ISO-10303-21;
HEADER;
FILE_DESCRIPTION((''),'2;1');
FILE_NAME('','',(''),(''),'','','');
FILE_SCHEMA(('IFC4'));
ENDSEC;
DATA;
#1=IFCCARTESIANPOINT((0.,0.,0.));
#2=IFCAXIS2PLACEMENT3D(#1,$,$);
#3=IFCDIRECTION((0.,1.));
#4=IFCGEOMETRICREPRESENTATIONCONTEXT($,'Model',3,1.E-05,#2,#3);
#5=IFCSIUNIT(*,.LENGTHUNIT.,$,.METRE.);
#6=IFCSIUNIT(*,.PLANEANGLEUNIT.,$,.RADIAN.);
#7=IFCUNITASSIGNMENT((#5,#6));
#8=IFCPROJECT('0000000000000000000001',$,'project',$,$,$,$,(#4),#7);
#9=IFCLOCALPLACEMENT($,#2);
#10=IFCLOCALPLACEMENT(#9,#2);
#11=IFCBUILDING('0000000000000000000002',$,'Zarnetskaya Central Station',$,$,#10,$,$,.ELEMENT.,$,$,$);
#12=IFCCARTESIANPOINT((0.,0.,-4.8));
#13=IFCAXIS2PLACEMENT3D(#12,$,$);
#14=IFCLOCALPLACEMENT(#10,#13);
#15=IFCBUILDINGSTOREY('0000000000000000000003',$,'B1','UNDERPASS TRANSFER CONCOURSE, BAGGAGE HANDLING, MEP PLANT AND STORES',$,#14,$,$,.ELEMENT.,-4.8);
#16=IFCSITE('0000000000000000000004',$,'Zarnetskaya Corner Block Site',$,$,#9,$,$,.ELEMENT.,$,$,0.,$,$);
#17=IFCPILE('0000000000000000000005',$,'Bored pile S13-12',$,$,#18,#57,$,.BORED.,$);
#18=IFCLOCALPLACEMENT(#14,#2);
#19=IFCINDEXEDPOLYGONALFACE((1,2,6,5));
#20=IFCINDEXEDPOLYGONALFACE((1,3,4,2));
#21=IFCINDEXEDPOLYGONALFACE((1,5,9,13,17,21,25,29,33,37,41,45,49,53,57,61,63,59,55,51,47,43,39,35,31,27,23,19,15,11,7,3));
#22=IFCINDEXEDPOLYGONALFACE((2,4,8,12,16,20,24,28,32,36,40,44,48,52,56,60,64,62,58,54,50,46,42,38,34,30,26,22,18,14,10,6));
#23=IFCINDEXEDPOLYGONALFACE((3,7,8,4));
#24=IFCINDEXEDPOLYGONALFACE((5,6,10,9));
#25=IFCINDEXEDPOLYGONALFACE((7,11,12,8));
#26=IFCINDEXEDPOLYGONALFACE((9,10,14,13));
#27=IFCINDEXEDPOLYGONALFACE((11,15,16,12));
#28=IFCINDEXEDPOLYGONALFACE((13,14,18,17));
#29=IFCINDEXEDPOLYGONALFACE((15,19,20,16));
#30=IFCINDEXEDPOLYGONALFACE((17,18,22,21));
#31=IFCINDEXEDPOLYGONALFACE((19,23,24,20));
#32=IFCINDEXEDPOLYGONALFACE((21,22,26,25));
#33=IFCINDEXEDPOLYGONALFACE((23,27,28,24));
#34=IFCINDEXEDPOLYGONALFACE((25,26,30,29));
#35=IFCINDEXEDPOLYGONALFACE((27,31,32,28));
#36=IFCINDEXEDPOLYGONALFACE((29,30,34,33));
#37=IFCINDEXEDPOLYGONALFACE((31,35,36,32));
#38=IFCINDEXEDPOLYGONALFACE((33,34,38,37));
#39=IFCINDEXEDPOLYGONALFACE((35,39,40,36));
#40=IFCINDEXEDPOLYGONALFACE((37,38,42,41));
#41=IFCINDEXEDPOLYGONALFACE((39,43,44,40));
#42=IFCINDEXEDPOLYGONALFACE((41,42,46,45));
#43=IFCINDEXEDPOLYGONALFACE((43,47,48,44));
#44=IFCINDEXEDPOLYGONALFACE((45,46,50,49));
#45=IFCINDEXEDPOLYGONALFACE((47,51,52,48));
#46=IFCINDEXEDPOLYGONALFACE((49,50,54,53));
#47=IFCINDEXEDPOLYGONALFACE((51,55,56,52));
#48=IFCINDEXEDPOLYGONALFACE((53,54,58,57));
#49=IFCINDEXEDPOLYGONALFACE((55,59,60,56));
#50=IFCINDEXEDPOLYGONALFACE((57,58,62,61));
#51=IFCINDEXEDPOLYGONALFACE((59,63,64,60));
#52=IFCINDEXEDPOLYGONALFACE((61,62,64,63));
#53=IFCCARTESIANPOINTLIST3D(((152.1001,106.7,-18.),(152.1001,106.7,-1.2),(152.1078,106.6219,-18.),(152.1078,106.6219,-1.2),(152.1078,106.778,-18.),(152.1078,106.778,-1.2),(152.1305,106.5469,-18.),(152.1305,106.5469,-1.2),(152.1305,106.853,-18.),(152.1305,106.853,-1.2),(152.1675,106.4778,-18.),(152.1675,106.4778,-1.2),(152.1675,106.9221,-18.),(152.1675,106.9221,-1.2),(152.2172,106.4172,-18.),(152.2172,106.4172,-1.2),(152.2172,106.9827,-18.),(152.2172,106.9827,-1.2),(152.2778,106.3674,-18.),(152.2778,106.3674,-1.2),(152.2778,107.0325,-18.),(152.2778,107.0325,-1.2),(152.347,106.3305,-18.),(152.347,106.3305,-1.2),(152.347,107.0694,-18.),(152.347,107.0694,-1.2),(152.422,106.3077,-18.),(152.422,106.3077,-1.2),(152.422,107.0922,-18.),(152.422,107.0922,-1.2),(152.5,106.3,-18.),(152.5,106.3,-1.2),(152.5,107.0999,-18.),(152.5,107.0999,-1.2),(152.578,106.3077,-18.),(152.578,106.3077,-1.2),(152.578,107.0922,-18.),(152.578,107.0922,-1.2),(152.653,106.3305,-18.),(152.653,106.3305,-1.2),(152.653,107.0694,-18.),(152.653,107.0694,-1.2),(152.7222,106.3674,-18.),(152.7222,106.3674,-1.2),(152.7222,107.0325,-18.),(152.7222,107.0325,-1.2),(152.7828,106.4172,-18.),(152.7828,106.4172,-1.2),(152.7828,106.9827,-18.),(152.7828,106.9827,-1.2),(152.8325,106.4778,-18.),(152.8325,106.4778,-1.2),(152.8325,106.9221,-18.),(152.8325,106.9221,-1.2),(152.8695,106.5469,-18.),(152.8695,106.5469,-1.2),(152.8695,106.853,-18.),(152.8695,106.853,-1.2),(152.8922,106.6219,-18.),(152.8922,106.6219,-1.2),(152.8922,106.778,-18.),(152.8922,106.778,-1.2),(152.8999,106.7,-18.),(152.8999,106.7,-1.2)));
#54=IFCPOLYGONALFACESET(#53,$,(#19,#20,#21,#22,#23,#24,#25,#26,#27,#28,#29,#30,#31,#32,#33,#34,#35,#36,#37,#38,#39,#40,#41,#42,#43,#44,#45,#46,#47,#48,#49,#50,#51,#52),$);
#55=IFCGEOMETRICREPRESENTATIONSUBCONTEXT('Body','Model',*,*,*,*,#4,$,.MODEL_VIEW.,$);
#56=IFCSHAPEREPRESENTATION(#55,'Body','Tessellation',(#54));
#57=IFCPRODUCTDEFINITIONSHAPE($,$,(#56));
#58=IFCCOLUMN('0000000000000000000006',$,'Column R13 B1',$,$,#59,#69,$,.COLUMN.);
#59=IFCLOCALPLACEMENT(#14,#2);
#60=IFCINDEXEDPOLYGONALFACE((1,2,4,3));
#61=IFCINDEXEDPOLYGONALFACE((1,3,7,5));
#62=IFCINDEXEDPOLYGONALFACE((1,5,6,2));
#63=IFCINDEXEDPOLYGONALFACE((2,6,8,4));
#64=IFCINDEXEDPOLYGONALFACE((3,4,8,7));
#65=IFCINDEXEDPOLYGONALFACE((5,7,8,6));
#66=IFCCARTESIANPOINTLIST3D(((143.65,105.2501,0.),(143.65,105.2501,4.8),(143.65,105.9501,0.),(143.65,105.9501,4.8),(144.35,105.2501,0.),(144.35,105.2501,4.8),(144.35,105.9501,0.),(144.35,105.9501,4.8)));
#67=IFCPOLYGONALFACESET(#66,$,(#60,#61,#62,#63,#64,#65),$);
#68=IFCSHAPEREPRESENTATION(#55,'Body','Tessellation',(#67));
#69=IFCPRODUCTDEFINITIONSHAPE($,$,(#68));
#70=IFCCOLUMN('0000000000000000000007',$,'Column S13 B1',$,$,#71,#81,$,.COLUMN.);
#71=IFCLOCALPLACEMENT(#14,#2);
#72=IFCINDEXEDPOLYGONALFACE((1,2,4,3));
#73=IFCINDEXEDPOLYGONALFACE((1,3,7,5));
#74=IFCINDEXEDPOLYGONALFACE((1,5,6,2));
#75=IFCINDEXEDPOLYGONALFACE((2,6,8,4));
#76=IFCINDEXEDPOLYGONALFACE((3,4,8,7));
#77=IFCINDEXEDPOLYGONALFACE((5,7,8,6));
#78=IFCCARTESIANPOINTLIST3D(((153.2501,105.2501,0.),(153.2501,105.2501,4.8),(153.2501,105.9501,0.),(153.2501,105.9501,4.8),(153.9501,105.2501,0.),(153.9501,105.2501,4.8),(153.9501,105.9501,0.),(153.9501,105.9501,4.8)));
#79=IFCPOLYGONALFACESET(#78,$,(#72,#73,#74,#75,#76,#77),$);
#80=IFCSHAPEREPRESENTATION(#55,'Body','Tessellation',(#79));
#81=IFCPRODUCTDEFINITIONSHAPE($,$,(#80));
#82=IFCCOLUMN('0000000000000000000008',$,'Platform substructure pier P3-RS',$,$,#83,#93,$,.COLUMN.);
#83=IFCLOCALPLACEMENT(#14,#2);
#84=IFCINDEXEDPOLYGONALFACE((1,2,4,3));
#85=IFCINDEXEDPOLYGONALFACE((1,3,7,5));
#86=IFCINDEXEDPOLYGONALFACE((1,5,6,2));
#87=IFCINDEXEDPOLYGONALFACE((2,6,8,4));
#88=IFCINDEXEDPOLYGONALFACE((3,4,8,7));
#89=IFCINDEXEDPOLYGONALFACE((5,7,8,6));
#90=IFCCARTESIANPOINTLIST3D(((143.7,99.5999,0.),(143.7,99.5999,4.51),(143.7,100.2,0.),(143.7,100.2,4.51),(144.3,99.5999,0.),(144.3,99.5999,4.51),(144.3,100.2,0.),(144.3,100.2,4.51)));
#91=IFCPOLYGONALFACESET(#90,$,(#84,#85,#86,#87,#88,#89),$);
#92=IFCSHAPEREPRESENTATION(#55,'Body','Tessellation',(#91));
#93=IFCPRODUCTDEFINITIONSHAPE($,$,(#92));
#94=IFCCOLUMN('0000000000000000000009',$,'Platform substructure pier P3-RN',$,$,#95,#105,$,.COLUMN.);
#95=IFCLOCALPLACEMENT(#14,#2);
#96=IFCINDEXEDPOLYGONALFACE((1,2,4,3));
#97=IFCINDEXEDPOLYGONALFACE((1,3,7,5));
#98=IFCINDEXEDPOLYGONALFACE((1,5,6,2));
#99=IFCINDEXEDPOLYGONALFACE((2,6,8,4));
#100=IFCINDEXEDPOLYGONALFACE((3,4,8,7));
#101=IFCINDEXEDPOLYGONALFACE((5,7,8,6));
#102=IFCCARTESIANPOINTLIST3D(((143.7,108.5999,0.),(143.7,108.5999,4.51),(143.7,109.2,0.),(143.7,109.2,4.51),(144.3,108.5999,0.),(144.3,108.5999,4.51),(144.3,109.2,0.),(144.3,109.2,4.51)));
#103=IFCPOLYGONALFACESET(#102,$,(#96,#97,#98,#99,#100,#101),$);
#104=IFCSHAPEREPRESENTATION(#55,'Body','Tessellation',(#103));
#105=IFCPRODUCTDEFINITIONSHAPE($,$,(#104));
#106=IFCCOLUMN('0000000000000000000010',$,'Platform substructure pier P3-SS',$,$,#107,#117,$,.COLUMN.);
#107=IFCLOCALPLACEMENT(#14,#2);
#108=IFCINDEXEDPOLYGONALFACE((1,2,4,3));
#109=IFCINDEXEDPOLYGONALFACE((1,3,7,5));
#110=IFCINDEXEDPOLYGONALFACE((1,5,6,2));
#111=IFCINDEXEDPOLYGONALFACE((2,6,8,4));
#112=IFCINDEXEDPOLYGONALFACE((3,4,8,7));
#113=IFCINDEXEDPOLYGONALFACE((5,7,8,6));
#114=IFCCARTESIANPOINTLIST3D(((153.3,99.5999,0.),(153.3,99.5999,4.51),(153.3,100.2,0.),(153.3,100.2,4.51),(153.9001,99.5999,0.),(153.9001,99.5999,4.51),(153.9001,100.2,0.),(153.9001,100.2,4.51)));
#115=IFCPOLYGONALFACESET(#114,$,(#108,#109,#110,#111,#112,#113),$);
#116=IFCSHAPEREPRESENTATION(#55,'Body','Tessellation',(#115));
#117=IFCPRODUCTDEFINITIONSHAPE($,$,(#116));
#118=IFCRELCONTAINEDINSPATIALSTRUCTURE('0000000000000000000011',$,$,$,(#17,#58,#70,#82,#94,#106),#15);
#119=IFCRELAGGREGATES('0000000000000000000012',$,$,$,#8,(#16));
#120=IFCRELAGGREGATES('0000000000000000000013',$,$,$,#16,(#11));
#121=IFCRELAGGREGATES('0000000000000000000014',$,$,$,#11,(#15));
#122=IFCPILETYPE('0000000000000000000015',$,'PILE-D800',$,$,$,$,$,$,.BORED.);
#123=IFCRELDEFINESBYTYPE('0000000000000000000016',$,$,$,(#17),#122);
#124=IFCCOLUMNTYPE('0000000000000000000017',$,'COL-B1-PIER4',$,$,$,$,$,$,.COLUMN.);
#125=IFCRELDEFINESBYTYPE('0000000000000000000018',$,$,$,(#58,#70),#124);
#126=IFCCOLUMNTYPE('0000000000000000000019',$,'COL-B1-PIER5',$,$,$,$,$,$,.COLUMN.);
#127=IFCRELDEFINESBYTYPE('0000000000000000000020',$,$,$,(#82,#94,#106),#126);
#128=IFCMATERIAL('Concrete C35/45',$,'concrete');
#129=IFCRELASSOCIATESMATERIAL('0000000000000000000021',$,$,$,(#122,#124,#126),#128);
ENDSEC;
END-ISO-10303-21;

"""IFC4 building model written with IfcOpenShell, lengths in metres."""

from ifc_helpers import new_model, si_unit, direction, frame, origin, origin_2d, place, context, subcontext, project, spatial, rectangle, circle, extrude, material, material_profile, profile_set, type_object, element, save


model = new_model("IFC4")

# Units and contexts
model_context = context("Model", 3, precision=1e-05, world=origin(), true_north=direction((0.0, 1.0)))
body_context = subcontext(model_context, "Body", "Model", "MODEL_VIEW")
ifc_project = project(units=[si_unit("LENGTHUNIT", "METRE"), si_unit("PLANEANGLEUNIT", "RADIAN")], contexts=[model_context])

# Site, building, storey
site_placement = place(None, origin())
site = spatial("IfcSite", under=ifc_project, at=site_placement, Name="Zarnetskaya Corner Block Site", CompositionType="ELEMENT", RefElevation=0.0)
building_placement = place(site_placement, origin())
building = spatial("IfcBuilding", under=site, at=building_placement, Name="Zarnetskaya Central Station", CompositionType="ELEMENT")
storey_placement = place(building_placement, frame((0.0, 0.0, -4.8)))
storey = spatial("IfcBuildingStorey", under=building, at=storey_placement, Name="B1", Description="UNDERPASS TRANSFER CONCOURSE, BAGGAGE HANDLING, MEP PLANT AND STORES", CompositionType="ELEMENT", Elevation=-4.8)

# Shared definitions
ifc_material = material(Name="Concrete C35/45", Category="concrete")

# Pile
ifc_material_profile_1 = material_profile(ifc_material, circle(Radius=0.3999, at=origin_2d()), Name="BORED PILE D800")
ifc_profile_set_1 = profile_set([ifc_material_profile_1], Name="Concrete C35/45")
pile_type = type_object("IfcPileType", Name="PILE-D800", PredefinedType="BORED", material=ifc_profile_set_1)
for number, where, z_axis, x_axis, name in (
    (1, (152.5, 106.7, -1.2), (0.0, 0.0, -1.0), (1.0, 0.0, 0.0), "Bored pile S13-12"),
):
    element("IfcPile", number, at=place(storey_placement, frame(where, z_axis=z_axis, x_axis=x_axis)), inside=storey, type_object=pile_type, Name=name, PredefinedType="BORED", context=body_context, shape_type="SweptSolid", body=[
        extrude(circle(Radius=0.3999, at=origin_2d()), origin(), (0.0, 0.0, 1.0), 16.8),
    ])

# Columns
ifc_material_profile_2 = material_profile(ifc_material, rectangle(XDim=0.7, YDim=0.7, at=origin_2d()), Name="RC 700x700")
ifc_profile_set_2 = profile_set([ifc_material_profile_2], Name="Concrete C35/45")
column_type_1 = type_object("IfcColumnType", Name="COL-B1-PIER4", PredefinedType="COLUMN", material=ifc_profile_set_2)
for number, where, z_axis, x_axis, name in (
    (2, (144.0, 105.6001, 0.0), (0.0, 0.0, 1.0), (1.0, 0.0, 0.0), "Column R13 B1"),
    (3, (153.6001, 105.6001, 0.0), (0.0, 0.0, 1.0), (1.0, 0.0, 0.0), "Column S13 B1"),
):
    element("IfcColumn", number, at=place(storey_placement, frame(where, z_axis=z_axis, x_axis=x_axis)), inside=storey, type_object=column_type_1, Name=name, PredefinedType="COLUMN", context=body_context, shape_type="SweptSolid", body=[
        extrude(rectangle(XDim=0.7, YDim=0.7, at=origin_2d()), origin(), (0.0, 0.0, 1.0), 4.8),
    ])
ifc_material_profile_3 = material_profile(ifc_material, rectangle(XDim=0.6001, YDim=0.6001, at=origin_2d()), Name="RC 600x600")
ifc_profile_set_3 = profile_set([ifc_material_profile_3], Name="Concrete C35/45")
column_type_2 = type_object("IfcColumnType", Name="COL-B1-PIER5", PredefinedType="COLUMN", material=ifc_profile_set_3)
for number, where, z_axis, x_axis, name in (
    (4, (144.0, 99.8999, 0.0), (0.0, 0.0, 1.0), (1.0, 0.0, 0.0), "Platform substructure pier P3-RS"),
    (5, (144.0, 108.8999, 0.0), (0.0, 0.0, 1.0), (1.0, 0.0, 0.0), "Platform substructure pier P3-RN"),
    (6, (153.6001, 99.8999, 0.0), (0.0, 0.0, 1.0), (1.0, 0.0, 0.0), "Platform substructure pier P3-SS"),
):
    element("IfcColumn", number, at=place(storey_placement, frame(where, z_axis=z_axis, x_axis=x_axis)), inside=storey, type_object=column_type_2, Name=name, PredefinedType="COLUMN", context=body_context, shape_type="SweptSolid", body=[
        extrude(rectangle(XDim=0.6001, YDim=0.6001, at=origin_2d()), origin(), (0.0, 0.0, 1.0), 4.51),
    ])

save(model, "model.ifc")
